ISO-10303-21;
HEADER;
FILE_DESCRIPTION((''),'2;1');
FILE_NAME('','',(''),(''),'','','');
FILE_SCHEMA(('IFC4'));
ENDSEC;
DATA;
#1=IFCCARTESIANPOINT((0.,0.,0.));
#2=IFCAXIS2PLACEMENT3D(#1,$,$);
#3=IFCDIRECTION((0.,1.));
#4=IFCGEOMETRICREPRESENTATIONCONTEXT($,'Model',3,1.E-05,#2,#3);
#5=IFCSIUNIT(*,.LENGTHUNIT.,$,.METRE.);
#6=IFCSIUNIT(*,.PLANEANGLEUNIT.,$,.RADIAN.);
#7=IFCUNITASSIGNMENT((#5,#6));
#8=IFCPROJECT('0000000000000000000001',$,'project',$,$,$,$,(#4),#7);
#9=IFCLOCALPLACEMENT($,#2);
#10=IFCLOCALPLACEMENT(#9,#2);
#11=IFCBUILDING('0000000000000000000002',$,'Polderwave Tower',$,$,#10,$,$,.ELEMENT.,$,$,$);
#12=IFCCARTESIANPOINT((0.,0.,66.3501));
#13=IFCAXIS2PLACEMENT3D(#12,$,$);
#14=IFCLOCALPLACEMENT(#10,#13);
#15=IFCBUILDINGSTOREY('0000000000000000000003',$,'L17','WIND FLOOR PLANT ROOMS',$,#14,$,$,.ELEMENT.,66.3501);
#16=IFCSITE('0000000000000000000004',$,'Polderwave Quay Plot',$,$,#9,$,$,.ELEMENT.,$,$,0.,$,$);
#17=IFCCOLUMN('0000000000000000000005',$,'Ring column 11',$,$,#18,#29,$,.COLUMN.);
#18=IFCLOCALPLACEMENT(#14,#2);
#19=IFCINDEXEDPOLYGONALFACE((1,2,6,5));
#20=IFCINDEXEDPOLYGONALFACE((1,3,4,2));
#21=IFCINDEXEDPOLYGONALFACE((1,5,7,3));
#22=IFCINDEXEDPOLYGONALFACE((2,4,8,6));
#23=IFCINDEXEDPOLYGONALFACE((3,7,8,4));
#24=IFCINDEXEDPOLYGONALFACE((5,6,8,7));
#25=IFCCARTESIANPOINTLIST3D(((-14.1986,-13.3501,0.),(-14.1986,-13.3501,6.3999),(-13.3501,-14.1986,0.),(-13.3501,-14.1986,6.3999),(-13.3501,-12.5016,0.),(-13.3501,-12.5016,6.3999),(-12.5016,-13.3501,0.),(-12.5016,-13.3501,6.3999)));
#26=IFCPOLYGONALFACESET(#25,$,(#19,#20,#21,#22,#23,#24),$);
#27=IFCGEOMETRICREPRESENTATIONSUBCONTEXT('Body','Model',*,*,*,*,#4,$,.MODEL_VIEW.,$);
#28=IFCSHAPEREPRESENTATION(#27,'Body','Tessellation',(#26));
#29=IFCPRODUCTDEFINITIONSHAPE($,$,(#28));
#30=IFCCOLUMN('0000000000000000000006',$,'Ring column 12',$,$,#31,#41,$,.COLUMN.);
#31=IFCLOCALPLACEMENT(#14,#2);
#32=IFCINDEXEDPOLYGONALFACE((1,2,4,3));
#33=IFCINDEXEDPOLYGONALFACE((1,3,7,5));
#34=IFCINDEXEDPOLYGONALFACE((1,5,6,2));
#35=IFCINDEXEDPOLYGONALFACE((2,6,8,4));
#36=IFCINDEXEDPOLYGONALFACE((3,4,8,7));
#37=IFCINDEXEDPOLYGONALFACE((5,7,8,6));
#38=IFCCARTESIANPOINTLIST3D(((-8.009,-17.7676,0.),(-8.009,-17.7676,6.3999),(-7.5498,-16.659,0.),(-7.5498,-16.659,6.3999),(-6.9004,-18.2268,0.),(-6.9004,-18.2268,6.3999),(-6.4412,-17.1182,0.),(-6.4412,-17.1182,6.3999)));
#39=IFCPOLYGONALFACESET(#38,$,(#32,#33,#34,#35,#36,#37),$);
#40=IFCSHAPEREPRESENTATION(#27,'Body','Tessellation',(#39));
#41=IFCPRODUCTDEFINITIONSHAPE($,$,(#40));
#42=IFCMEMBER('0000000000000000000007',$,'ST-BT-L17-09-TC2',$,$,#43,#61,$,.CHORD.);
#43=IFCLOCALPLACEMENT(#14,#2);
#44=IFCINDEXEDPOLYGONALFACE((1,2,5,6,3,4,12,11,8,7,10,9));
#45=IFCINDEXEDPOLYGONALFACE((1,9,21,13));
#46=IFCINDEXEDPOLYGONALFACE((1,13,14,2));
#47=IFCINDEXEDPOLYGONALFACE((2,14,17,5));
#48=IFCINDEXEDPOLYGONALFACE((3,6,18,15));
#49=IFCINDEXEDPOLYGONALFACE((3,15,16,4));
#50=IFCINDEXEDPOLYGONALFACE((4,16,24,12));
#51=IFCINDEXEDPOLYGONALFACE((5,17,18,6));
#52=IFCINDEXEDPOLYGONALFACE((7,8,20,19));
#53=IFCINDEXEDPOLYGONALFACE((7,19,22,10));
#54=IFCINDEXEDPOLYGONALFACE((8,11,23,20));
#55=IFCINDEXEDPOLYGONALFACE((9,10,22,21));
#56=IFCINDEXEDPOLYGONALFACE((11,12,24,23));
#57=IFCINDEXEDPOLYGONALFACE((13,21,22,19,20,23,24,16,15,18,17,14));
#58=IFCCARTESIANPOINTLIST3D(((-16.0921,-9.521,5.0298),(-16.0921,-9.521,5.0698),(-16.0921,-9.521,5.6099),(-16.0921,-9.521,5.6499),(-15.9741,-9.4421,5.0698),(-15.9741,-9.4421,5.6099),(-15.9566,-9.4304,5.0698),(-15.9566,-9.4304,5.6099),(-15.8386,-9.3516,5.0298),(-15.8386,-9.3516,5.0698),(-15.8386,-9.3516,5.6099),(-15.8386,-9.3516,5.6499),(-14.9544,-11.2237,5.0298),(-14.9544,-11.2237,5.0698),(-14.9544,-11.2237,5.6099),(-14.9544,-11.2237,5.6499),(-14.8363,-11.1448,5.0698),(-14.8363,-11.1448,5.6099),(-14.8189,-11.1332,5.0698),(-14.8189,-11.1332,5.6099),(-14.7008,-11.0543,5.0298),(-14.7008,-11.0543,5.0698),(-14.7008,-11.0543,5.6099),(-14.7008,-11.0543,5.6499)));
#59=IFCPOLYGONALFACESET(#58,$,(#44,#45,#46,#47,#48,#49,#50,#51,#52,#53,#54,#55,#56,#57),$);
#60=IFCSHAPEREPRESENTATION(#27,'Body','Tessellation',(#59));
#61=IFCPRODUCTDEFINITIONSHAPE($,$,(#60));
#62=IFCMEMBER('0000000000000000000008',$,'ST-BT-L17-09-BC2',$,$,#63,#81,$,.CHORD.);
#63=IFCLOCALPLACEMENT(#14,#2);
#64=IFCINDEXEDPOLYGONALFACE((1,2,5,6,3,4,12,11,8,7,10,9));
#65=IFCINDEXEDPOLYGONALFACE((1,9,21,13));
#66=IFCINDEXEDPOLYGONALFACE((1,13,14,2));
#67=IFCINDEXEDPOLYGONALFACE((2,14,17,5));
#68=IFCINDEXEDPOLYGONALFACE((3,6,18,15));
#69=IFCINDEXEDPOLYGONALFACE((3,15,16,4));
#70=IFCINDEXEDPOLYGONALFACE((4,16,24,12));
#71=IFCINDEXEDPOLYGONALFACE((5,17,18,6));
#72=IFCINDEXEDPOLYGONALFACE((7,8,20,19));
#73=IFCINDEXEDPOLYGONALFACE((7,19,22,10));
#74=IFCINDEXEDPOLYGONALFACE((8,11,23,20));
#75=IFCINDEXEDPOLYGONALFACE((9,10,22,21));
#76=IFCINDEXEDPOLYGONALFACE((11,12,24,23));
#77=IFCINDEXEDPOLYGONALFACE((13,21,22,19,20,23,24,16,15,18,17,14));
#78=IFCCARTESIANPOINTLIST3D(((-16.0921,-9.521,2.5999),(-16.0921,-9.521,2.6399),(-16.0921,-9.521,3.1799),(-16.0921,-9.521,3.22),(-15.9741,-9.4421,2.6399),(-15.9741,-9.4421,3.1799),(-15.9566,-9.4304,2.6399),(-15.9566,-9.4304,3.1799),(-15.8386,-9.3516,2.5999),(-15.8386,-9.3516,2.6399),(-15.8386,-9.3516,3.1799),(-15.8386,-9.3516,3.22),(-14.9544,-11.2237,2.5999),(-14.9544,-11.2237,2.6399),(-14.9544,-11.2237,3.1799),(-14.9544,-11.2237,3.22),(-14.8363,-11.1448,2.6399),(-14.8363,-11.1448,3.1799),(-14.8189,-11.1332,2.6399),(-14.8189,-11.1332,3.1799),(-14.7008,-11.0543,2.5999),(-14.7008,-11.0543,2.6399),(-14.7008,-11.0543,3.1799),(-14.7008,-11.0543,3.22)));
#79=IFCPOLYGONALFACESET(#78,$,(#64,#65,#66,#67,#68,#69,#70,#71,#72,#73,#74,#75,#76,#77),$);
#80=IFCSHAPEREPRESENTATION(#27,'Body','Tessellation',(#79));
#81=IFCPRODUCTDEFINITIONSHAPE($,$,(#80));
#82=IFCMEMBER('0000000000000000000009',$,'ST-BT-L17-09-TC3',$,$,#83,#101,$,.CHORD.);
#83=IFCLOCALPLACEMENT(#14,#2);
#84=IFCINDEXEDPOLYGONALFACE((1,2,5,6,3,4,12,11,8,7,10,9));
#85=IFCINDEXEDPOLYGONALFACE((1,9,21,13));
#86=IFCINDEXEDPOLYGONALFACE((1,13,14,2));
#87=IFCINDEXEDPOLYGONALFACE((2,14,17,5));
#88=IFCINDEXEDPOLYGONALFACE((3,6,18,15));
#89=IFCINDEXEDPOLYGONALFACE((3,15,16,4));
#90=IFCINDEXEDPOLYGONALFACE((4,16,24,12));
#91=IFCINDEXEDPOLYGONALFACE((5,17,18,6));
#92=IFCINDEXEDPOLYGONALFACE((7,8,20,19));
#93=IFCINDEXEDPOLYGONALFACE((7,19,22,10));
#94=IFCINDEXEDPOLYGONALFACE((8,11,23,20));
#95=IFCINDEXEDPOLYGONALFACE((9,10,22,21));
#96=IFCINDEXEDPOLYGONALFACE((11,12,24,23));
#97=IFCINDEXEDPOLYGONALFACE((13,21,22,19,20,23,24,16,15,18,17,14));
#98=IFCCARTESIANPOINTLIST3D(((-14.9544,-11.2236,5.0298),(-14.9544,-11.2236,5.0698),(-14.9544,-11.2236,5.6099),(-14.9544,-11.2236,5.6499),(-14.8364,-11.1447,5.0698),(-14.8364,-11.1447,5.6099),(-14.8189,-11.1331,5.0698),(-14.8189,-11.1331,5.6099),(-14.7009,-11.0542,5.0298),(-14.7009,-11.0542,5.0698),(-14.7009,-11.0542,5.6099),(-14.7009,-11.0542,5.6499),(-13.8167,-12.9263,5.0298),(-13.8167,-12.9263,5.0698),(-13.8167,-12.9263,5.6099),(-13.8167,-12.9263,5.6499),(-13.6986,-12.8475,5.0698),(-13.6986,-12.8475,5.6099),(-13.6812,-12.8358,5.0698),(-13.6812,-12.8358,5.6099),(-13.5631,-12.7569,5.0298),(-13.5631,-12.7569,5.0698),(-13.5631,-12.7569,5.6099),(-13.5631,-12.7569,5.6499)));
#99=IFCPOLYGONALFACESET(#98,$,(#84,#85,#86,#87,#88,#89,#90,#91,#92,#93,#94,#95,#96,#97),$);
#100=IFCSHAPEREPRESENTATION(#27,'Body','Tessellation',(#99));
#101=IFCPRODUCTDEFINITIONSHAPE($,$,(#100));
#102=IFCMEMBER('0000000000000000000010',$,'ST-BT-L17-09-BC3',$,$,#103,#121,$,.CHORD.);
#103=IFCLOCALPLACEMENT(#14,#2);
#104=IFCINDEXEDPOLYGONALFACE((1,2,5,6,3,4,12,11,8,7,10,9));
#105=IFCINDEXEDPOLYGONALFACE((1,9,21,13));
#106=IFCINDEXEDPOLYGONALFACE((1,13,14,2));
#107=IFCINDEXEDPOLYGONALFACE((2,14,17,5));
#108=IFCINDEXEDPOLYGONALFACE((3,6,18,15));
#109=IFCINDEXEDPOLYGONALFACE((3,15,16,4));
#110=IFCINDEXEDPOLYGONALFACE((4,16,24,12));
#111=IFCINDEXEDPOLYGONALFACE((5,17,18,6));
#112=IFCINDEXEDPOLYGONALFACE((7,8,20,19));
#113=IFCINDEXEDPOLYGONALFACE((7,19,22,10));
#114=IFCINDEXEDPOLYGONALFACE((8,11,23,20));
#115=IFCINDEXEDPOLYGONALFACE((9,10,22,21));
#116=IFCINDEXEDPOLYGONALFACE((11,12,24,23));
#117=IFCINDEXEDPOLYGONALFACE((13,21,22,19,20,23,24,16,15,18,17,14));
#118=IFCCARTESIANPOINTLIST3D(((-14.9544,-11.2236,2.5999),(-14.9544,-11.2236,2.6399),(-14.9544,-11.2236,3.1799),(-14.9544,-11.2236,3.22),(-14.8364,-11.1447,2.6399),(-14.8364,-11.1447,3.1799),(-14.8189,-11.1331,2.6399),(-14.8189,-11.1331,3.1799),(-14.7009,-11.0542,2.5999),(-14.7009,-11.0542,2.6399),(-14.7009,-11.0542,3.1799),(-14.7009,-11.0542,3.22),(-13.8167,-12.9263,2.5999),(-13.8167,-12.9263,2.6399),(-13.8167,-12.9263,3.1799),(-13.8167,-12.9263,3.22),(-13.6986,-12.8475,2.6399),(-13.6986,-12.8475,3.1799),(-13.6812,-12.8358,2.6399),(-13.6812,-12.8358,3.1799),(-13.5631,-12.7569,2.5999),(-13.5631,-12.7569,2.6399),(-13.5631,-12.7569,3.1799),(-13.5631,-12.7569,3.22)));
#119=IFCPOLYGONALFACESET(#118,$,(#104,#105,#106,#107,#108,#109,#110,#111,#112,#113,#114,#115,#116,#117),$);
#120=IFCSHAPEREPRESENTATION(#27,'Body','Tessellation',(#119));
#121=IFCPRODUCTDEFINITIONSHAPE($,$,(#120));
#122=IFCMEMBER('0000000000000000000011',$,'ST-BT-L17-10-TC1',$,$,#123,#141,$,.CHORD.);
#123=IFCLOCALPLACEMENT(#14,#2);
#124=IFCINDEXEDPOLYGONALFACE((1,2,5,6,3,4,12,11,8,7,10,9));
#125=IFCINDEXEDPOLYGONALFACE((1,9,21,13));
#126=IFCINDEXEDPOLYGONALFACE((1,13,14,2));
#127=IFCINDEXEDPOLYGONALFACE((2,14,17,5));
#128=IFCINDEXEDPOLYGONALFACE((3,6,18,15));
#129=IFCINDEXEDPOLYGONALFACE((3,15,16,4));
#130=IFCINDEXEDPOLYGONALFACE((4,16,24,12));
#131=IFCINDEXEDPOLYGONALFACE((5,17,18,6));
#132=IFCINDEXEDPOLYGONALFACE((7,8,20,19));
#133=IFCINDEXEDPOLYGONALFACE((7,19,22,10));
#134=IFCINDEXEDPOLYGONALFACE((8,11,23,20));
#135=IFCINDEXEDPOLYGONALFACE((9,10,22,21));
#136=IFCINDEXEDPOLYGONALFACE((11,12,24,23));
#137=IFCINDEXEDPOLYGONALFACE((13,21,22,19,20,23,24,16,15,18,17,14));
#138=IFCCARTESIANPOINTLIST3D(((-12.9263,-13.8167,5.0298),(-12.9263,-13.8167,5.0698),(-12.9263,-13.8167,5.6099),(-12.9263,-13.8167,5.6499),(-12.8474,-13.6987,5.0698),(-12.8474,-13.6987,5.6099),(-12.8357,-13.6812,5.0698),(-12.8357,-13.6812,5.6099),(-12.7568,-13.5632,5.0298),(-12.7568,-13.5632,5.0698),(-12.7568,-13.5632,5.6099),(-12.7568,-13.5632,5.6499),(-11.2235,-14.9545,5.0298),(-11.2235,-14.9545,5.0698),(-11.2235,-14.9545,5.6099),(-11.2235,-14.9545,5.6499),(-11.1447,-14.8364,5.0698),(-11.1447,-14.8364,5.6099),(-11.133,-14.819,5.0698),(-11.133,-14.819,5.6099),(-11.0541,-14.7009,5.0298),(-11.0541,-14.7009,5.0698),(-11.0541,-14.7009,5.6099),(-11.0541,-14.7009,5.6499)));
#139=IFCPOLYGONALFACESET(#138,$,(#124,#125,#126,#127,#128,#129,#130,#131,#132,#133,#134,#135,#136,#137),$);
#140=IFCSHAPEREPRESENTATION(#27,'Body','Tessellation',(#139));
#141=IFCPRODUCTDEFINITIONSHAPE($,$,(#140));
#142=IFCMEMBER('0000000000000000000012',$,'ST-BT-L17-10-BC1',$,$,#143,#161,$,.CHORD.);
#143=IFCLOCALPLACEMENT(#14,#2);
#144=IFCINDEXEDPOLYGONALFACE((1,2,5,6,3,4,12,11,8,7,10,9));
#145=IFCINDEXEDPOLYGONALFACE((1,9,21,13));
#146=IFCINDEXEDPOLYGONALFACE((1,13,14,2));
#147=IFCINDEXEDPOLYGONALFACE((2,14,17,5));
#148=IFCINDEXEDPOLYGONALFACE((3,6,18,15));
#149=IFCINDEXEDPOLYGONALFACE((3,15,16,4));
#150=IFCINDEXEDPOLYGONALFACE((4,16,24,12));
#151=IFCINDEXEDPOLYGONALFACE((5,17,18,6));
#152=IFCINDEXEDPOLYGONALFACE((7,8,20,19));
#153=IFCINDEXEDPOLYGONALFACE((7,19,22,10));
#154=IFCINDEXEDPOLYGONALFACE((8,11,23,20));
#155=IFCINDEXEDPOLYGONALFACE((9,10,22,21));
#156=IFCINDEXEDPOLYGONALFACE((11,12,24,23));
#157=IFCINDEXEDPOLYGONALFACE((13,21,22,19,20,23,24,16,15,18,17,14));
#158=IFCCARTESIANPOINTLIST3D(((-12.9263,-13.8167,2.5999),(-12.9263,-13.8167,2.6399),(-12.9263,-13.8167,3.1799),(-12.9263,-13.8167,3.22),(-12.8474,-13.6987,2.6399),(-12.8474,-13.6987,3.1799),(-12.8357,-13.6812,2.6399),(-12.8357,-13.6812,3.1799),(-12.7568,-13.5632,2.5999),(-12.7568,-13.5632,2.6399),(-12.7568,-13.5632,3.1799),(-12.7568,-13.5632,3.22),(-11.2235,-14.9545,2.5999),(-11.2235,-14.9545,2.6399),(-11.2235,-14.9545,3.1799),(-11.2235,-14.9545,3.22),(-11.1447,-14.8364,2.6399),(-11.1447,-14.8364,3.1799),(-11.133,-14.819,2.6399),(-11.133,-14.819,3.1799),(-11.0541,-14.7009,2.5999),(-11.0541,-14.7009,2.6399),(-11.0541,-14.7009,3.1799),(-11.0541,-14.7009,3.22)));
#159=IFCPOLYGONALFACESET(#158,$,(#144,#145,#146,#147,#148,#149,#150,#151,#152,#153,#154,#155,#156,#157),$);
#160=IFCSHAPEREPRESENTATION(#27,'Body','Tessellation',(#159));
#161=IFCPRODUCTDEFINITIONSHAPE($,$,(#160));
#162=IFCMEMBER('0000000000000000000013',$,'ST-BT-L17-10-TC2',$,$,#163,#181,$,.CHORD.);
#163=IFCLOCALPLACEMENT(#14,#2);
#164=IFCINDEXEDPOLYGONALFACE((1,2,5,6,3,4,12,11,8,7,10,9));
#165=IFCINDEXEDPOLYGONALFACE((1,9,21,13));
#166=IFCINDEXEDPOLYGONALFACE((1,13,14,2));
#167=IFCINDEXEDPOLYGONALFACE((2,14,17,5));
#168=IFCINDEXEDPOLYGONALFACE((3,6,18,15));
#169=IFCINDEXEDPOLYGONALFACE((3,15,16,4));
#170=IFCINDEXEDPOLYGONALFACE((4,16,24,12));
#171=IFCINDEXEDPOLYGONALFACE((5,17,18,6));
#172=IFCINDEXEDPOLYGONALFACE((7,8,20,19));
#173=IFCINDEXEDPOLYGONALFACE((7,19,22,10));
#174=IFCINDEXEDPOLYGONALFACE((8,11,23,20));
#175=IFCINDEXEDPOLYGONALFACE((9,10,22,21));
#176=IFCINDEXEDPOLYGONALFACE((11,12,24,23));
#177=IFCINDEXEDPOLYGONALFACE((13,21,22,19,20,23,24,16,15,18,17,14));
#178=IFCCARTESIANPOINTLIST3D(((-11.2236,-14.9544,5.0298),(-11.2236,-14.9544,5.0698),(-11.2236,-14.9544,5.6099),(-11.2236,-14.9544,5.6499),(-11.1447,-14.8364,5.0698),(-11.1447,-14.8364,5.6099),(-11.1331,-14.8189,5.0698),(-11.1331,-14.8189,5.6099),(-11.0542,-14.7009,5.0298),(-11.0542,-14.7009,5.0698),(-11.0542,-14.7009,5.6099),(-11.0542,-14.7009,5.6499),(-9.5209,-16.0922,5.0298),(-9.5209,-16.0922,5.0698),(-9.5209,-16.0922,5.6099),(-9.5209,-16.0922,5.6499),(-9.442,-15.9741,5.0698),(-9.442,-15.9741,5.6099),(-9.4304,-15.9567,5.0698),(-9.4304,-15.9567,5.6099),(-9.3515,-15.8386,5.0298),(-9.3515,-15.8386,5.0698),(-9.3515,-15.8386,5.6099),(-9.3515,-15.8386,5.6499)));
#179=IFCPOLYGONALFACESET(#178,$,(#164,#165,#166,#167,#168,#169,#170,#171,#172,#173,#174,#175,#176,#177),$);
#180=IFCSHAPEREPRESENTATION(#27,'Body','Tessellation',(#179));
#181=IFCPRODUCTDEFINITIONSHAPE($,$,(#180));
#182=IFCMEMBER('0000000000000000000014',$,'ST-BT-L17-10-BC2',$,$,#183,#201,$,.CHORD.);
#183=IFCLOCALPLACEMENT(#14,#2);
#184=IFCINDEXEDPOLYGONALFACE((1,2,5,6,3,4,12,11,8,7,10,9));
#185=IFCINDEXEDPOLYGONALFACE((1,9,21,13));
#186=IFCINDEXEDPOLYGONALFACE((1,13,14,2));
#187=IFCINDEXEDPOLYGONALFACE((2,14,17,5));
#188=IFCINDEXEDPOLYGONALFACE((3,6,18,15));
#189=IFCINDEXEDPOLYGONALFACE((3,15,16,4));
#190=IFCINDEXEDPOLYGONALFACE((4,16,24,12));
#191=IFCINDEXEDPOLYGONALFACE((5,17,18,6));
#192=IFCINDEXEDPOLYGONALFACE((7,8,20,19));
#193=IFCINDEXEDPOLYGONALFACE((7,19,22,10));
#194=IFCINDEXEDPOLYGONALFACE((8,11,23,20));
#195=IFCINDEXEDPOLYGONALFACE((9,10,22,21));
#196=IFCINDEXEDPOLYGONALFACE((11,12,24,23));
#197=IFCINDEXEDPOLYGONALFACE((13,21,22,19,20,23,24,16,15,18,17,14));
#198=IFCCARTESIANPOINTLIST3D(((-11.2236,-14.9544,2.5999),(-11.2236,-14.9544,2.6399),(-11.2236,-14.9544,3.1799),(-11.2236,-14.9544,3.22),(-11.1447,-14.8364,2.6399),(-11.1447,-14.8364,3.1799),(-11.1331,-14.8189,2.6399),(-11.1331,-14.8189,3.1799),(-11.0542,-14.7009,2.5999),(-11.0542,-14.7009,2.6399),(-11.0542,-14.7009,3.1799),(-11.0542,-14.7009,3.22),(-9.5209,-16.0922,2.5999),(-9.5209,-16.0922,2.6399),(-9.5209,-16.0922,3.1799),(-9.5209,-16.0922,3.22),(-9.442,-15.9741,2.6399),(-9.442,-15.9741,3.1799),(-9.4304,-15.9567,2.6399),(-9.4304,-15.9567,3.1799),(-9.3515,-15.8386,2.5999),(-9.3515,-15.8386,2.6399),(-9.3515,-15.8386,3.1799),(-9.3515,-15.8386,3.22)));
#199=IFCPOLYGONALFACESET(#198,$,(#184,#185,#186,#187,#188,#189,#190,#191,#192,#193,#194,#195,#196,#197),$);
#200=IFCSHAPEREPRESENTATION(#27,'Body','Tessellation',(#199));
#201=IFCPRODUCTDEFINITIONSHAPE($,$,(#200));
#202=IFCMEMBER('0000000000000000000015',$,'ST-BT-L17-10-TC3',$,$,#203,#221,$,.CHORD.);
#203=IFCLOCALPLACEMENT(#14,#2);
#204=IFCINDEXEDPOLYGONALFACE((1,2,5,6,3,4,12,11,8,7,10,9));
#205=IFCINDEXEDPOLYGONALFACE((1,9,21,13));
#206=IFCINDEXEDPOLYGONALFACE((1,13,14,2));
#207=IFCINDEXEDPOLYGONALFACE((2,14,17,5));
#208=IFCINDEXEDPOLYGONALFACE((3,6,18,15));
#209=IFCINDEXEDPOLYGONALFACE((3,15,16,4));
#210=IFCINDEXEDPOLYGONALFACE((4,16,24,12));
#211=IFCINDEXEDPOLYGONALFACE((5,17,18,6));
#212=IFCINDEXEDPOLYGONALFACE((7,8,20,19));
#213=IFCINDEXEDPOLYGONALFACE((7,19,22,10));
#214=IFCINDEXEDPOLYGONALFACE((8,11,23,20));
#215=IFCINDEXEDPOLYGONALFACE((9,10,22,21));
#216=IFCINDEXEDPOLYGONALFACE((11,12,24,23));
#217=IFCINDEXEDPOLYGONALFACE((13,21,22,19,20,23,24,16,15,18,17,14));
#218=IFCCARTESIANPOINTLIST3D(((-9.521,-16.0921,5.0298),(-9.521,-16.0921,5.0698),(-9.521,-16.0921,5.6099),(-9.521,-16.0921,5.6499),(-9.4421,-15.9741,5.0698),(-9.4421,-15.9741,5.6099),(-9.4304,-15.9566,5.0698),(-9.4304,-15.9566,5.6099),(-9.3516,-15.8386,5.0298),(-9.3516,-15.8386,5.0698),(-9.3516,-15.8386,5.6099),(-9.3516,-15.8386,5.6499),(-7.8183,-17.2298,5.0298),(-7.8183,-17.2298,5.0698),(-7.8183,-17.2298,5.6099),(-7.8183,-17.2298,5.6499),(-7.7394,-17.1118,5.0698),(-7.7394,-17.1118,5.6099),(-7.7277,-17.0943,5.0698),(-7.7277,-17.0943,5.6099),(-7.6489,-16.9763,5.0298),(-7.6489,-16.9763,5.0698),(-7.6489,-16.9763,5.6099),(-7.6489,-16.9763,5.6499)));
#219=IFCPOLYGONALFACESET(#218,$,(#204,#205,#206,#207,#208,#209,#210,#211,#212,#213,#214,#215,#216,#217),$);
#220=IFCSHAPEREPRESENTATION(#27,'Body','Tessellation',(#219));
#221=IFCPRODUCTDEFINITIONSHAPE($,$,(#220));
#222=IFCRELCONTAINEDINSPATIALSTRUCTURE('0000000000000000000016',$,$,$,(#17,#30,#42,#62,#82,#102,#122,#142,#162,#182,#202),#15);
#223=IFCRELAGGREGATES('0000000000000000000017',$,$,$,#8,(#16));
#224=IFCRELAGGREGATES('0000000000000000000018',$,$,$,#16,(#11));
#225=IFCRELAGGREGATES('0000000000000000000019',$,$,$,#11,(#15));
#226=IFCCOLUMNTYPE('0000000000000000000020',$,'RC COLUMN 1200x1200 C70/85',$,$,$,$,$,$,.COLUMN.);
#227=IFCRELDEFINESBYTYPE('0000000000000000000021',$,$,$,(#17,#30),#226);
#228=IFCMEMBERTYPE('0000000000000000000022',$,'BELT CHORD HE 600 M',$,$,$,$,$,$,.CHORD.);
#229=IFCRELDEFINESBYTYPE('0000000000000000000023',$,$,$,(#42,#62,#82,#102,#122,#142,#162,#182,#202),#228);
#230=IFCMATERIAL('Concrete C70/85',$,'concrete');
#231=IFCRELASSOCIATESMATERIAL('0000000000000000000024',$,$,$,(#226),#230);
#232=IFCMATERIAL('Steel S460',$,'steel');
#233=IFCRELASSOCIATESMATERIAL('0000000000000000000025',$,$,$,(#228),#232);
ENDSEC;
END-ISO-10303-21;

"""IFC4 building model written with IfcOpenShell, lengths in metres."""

from ifc_helpers import new_model, si_unit, direction, frame, origin, origin_2d, place, context, subcontext, project, spatial, rectangle, i_section, extrude, material, material_profile, profile_set, type_object, element, save


model = new_model("IFC4")

# Units and contexts
model_context = context("Model", 3, precision=1e-05, world=origin(), true_north=direction((0.0, 1.0)))
body_context = subcontext(model_context, "Body", "Model", "MODEL_VIEW")
ifc_project = project(units=[si_unit("LENGTHUNIT", "METRE"), si_unit("PLANEANGLEUNIT", "RADIAN")], contexts=[model_context])

# Site, building, storey
site_placement = place(None, origin())
site = spatial("IfcSite", under=ifc_project, at=site_placement, Name="Polderwave Quay Plot", CompositionType="ELEMENT", RefElevation=0.0)
building_placement = place(site_placement, origin())
building = spatial("IfcBuilding", under=site, at=building_placement, Name="Polderwave Tower", CompositionType="ELEMENT")
storey_placement = place(building_placement, frame((0.0, 0.0, 66.3501)))
storey = spatial("IfcBuildingStorey", under=building, at=storey_placement, Name="L17", Description="WIND FLOOR PLANT ROOMS", CompositionType="ELEMENT", Elevation=66.3501)

# Columns
ifc_material_1 = material(Name="Concrete C70/85", Category="concrete")
ifc_material_profile_1 = material_profile(ifc_material_1, rectangle(XDim=1.2, YDim=1.2, at=origin_2d()), Name="RC 1200x1200")
ifc_profile_set_1 = profile_set([ifc_material_profile_1], Name="Concrete C70/85")
column_type = type_object("IfcColumnType", Name="RC COLUMN 1200x1200 C70/85", PredefinedType="COLUMN", material=ifc_profile_set_1)
for number, where, z_axis, x_axis, name in (
    (1, (-13.3501, -13.3501, 0.0), (0.0, 0.0, 1.0), (-0.707107, -0.707107, 0.0), "Ring column 11"),
    (2, (-7.2251, -17.4429, 0.0), (0.0, 0.0, 1.0), (-0.382683, -0.92388, 0.0), "Ring column 12"),
):
    element("IfcColumn", number, at=place(storey_placement, frame(where, z_axis=z_axis, x_axis=x_axis)), inside=storey, type_object=column_type, Name=name, PredefinedType="COLUMN", context=body_context, shape_type="SweptSolid", body=[
        extrude(rectangle(XDim=1.2, YDim=1.2, at=origin_2d()), origin(), (0.0, 0.0, 1.0), 6.3999),
    ])

# Members
ifc_material_2 = material(Name="Steel S460", Category="steel")
ifc_material_profile_2 = material_profile(ifc_material_2, i_section(OverallWidth=0.3049, OverallDepth=0.6201, WebThickness=0.021, FlangeThickness=0.04, at=origin_2d()), Name="HE 600 M")
ifc_profile_set_2 = profile_set([ifc_material_profile_2], Name="Steel S460")
member_type_1 = type_object("IfcMemberType", Name="BELT CHORD HE 600 M", PredefinedType="CHORD", material=ifc_profile_set_2)
for number, where, z_axis, x_axis, name in (
    (3, (-15.9653, -9.4363, 5.3398), (0.55558, -0.831463, 0.0), (0.831463, 0.55558, 0.0), "ST-BT-L17-09-TC2"),
    (4, (-15.9653, -9.4363, 2.9099), (0.55558, -0.831463, 0.0), (0.831463, 0.55558, 0.0), "ST-BT-L17-09-BC2"),
    (5, (-14.8276, -11.1389, 5.3398), (0.55558, -0.831463, 0.0), (0.831463, 0.55558, 0.0), "ST-BT-L17-09-TC3"),
    (6, (-14.8276, -11.1389, 2.9099), (0.55558, -0.831463, 0.0), (0.831463, 0.55558, 0.0), "ST-BT-L17-09-BC3"),
    (7, (-12.8416, -13.6899, 5.3398), (0.831463, -0.55558, 0.0), (0.55558, 0.831463, 0.0), "ST-BT-L17-10-TC1"),
    (8, (-12.8416, -13.6899, 2.9099), (0.831463, -0.55558, 0.0), (0.55558, 0.831463, 0.0), "ST-BT-L17-10-BC1"),
    (9, (-11.1389, -14.8276, 5.3398), (0.831463, -0.55558, 0.0), (0.55558, 0.831463, 0.0), "ST-BT-L17-10-TC2"),
    (10, (-11.1389, -14.8276, 2.9099), (0.831463, -0.55558, 0.0), (0.55558, 0.831463, 0.0), "ST-BT-L17-10-BC2"),
    (11, (-9.4363, -15.9653, 5.3398), (0.831463, -0.55558, 0.0), (0.55558, 0.831463, 0.0), "ST-BT-L17-10-TC3"),
):
    element("IfcMember", number, at=place(storey_placement, frame(where, z_axis=z_axis, x_axis=x_axis)), inside=storey, type_object=member_type_1, Name=name, PredefinedType="CHORD", context=body_context, shape_type="SweptSolid", body=[
        extrude(i_section(OverallWidth=0.3049, OverallDepth=0.6201, WebThickness=0.021, FlangeThickness=0.04, at=origin_2d()), origin(), (0.0, 0.0, 1.0), 2.0479),
    ])

save(model, "model.ifc")
